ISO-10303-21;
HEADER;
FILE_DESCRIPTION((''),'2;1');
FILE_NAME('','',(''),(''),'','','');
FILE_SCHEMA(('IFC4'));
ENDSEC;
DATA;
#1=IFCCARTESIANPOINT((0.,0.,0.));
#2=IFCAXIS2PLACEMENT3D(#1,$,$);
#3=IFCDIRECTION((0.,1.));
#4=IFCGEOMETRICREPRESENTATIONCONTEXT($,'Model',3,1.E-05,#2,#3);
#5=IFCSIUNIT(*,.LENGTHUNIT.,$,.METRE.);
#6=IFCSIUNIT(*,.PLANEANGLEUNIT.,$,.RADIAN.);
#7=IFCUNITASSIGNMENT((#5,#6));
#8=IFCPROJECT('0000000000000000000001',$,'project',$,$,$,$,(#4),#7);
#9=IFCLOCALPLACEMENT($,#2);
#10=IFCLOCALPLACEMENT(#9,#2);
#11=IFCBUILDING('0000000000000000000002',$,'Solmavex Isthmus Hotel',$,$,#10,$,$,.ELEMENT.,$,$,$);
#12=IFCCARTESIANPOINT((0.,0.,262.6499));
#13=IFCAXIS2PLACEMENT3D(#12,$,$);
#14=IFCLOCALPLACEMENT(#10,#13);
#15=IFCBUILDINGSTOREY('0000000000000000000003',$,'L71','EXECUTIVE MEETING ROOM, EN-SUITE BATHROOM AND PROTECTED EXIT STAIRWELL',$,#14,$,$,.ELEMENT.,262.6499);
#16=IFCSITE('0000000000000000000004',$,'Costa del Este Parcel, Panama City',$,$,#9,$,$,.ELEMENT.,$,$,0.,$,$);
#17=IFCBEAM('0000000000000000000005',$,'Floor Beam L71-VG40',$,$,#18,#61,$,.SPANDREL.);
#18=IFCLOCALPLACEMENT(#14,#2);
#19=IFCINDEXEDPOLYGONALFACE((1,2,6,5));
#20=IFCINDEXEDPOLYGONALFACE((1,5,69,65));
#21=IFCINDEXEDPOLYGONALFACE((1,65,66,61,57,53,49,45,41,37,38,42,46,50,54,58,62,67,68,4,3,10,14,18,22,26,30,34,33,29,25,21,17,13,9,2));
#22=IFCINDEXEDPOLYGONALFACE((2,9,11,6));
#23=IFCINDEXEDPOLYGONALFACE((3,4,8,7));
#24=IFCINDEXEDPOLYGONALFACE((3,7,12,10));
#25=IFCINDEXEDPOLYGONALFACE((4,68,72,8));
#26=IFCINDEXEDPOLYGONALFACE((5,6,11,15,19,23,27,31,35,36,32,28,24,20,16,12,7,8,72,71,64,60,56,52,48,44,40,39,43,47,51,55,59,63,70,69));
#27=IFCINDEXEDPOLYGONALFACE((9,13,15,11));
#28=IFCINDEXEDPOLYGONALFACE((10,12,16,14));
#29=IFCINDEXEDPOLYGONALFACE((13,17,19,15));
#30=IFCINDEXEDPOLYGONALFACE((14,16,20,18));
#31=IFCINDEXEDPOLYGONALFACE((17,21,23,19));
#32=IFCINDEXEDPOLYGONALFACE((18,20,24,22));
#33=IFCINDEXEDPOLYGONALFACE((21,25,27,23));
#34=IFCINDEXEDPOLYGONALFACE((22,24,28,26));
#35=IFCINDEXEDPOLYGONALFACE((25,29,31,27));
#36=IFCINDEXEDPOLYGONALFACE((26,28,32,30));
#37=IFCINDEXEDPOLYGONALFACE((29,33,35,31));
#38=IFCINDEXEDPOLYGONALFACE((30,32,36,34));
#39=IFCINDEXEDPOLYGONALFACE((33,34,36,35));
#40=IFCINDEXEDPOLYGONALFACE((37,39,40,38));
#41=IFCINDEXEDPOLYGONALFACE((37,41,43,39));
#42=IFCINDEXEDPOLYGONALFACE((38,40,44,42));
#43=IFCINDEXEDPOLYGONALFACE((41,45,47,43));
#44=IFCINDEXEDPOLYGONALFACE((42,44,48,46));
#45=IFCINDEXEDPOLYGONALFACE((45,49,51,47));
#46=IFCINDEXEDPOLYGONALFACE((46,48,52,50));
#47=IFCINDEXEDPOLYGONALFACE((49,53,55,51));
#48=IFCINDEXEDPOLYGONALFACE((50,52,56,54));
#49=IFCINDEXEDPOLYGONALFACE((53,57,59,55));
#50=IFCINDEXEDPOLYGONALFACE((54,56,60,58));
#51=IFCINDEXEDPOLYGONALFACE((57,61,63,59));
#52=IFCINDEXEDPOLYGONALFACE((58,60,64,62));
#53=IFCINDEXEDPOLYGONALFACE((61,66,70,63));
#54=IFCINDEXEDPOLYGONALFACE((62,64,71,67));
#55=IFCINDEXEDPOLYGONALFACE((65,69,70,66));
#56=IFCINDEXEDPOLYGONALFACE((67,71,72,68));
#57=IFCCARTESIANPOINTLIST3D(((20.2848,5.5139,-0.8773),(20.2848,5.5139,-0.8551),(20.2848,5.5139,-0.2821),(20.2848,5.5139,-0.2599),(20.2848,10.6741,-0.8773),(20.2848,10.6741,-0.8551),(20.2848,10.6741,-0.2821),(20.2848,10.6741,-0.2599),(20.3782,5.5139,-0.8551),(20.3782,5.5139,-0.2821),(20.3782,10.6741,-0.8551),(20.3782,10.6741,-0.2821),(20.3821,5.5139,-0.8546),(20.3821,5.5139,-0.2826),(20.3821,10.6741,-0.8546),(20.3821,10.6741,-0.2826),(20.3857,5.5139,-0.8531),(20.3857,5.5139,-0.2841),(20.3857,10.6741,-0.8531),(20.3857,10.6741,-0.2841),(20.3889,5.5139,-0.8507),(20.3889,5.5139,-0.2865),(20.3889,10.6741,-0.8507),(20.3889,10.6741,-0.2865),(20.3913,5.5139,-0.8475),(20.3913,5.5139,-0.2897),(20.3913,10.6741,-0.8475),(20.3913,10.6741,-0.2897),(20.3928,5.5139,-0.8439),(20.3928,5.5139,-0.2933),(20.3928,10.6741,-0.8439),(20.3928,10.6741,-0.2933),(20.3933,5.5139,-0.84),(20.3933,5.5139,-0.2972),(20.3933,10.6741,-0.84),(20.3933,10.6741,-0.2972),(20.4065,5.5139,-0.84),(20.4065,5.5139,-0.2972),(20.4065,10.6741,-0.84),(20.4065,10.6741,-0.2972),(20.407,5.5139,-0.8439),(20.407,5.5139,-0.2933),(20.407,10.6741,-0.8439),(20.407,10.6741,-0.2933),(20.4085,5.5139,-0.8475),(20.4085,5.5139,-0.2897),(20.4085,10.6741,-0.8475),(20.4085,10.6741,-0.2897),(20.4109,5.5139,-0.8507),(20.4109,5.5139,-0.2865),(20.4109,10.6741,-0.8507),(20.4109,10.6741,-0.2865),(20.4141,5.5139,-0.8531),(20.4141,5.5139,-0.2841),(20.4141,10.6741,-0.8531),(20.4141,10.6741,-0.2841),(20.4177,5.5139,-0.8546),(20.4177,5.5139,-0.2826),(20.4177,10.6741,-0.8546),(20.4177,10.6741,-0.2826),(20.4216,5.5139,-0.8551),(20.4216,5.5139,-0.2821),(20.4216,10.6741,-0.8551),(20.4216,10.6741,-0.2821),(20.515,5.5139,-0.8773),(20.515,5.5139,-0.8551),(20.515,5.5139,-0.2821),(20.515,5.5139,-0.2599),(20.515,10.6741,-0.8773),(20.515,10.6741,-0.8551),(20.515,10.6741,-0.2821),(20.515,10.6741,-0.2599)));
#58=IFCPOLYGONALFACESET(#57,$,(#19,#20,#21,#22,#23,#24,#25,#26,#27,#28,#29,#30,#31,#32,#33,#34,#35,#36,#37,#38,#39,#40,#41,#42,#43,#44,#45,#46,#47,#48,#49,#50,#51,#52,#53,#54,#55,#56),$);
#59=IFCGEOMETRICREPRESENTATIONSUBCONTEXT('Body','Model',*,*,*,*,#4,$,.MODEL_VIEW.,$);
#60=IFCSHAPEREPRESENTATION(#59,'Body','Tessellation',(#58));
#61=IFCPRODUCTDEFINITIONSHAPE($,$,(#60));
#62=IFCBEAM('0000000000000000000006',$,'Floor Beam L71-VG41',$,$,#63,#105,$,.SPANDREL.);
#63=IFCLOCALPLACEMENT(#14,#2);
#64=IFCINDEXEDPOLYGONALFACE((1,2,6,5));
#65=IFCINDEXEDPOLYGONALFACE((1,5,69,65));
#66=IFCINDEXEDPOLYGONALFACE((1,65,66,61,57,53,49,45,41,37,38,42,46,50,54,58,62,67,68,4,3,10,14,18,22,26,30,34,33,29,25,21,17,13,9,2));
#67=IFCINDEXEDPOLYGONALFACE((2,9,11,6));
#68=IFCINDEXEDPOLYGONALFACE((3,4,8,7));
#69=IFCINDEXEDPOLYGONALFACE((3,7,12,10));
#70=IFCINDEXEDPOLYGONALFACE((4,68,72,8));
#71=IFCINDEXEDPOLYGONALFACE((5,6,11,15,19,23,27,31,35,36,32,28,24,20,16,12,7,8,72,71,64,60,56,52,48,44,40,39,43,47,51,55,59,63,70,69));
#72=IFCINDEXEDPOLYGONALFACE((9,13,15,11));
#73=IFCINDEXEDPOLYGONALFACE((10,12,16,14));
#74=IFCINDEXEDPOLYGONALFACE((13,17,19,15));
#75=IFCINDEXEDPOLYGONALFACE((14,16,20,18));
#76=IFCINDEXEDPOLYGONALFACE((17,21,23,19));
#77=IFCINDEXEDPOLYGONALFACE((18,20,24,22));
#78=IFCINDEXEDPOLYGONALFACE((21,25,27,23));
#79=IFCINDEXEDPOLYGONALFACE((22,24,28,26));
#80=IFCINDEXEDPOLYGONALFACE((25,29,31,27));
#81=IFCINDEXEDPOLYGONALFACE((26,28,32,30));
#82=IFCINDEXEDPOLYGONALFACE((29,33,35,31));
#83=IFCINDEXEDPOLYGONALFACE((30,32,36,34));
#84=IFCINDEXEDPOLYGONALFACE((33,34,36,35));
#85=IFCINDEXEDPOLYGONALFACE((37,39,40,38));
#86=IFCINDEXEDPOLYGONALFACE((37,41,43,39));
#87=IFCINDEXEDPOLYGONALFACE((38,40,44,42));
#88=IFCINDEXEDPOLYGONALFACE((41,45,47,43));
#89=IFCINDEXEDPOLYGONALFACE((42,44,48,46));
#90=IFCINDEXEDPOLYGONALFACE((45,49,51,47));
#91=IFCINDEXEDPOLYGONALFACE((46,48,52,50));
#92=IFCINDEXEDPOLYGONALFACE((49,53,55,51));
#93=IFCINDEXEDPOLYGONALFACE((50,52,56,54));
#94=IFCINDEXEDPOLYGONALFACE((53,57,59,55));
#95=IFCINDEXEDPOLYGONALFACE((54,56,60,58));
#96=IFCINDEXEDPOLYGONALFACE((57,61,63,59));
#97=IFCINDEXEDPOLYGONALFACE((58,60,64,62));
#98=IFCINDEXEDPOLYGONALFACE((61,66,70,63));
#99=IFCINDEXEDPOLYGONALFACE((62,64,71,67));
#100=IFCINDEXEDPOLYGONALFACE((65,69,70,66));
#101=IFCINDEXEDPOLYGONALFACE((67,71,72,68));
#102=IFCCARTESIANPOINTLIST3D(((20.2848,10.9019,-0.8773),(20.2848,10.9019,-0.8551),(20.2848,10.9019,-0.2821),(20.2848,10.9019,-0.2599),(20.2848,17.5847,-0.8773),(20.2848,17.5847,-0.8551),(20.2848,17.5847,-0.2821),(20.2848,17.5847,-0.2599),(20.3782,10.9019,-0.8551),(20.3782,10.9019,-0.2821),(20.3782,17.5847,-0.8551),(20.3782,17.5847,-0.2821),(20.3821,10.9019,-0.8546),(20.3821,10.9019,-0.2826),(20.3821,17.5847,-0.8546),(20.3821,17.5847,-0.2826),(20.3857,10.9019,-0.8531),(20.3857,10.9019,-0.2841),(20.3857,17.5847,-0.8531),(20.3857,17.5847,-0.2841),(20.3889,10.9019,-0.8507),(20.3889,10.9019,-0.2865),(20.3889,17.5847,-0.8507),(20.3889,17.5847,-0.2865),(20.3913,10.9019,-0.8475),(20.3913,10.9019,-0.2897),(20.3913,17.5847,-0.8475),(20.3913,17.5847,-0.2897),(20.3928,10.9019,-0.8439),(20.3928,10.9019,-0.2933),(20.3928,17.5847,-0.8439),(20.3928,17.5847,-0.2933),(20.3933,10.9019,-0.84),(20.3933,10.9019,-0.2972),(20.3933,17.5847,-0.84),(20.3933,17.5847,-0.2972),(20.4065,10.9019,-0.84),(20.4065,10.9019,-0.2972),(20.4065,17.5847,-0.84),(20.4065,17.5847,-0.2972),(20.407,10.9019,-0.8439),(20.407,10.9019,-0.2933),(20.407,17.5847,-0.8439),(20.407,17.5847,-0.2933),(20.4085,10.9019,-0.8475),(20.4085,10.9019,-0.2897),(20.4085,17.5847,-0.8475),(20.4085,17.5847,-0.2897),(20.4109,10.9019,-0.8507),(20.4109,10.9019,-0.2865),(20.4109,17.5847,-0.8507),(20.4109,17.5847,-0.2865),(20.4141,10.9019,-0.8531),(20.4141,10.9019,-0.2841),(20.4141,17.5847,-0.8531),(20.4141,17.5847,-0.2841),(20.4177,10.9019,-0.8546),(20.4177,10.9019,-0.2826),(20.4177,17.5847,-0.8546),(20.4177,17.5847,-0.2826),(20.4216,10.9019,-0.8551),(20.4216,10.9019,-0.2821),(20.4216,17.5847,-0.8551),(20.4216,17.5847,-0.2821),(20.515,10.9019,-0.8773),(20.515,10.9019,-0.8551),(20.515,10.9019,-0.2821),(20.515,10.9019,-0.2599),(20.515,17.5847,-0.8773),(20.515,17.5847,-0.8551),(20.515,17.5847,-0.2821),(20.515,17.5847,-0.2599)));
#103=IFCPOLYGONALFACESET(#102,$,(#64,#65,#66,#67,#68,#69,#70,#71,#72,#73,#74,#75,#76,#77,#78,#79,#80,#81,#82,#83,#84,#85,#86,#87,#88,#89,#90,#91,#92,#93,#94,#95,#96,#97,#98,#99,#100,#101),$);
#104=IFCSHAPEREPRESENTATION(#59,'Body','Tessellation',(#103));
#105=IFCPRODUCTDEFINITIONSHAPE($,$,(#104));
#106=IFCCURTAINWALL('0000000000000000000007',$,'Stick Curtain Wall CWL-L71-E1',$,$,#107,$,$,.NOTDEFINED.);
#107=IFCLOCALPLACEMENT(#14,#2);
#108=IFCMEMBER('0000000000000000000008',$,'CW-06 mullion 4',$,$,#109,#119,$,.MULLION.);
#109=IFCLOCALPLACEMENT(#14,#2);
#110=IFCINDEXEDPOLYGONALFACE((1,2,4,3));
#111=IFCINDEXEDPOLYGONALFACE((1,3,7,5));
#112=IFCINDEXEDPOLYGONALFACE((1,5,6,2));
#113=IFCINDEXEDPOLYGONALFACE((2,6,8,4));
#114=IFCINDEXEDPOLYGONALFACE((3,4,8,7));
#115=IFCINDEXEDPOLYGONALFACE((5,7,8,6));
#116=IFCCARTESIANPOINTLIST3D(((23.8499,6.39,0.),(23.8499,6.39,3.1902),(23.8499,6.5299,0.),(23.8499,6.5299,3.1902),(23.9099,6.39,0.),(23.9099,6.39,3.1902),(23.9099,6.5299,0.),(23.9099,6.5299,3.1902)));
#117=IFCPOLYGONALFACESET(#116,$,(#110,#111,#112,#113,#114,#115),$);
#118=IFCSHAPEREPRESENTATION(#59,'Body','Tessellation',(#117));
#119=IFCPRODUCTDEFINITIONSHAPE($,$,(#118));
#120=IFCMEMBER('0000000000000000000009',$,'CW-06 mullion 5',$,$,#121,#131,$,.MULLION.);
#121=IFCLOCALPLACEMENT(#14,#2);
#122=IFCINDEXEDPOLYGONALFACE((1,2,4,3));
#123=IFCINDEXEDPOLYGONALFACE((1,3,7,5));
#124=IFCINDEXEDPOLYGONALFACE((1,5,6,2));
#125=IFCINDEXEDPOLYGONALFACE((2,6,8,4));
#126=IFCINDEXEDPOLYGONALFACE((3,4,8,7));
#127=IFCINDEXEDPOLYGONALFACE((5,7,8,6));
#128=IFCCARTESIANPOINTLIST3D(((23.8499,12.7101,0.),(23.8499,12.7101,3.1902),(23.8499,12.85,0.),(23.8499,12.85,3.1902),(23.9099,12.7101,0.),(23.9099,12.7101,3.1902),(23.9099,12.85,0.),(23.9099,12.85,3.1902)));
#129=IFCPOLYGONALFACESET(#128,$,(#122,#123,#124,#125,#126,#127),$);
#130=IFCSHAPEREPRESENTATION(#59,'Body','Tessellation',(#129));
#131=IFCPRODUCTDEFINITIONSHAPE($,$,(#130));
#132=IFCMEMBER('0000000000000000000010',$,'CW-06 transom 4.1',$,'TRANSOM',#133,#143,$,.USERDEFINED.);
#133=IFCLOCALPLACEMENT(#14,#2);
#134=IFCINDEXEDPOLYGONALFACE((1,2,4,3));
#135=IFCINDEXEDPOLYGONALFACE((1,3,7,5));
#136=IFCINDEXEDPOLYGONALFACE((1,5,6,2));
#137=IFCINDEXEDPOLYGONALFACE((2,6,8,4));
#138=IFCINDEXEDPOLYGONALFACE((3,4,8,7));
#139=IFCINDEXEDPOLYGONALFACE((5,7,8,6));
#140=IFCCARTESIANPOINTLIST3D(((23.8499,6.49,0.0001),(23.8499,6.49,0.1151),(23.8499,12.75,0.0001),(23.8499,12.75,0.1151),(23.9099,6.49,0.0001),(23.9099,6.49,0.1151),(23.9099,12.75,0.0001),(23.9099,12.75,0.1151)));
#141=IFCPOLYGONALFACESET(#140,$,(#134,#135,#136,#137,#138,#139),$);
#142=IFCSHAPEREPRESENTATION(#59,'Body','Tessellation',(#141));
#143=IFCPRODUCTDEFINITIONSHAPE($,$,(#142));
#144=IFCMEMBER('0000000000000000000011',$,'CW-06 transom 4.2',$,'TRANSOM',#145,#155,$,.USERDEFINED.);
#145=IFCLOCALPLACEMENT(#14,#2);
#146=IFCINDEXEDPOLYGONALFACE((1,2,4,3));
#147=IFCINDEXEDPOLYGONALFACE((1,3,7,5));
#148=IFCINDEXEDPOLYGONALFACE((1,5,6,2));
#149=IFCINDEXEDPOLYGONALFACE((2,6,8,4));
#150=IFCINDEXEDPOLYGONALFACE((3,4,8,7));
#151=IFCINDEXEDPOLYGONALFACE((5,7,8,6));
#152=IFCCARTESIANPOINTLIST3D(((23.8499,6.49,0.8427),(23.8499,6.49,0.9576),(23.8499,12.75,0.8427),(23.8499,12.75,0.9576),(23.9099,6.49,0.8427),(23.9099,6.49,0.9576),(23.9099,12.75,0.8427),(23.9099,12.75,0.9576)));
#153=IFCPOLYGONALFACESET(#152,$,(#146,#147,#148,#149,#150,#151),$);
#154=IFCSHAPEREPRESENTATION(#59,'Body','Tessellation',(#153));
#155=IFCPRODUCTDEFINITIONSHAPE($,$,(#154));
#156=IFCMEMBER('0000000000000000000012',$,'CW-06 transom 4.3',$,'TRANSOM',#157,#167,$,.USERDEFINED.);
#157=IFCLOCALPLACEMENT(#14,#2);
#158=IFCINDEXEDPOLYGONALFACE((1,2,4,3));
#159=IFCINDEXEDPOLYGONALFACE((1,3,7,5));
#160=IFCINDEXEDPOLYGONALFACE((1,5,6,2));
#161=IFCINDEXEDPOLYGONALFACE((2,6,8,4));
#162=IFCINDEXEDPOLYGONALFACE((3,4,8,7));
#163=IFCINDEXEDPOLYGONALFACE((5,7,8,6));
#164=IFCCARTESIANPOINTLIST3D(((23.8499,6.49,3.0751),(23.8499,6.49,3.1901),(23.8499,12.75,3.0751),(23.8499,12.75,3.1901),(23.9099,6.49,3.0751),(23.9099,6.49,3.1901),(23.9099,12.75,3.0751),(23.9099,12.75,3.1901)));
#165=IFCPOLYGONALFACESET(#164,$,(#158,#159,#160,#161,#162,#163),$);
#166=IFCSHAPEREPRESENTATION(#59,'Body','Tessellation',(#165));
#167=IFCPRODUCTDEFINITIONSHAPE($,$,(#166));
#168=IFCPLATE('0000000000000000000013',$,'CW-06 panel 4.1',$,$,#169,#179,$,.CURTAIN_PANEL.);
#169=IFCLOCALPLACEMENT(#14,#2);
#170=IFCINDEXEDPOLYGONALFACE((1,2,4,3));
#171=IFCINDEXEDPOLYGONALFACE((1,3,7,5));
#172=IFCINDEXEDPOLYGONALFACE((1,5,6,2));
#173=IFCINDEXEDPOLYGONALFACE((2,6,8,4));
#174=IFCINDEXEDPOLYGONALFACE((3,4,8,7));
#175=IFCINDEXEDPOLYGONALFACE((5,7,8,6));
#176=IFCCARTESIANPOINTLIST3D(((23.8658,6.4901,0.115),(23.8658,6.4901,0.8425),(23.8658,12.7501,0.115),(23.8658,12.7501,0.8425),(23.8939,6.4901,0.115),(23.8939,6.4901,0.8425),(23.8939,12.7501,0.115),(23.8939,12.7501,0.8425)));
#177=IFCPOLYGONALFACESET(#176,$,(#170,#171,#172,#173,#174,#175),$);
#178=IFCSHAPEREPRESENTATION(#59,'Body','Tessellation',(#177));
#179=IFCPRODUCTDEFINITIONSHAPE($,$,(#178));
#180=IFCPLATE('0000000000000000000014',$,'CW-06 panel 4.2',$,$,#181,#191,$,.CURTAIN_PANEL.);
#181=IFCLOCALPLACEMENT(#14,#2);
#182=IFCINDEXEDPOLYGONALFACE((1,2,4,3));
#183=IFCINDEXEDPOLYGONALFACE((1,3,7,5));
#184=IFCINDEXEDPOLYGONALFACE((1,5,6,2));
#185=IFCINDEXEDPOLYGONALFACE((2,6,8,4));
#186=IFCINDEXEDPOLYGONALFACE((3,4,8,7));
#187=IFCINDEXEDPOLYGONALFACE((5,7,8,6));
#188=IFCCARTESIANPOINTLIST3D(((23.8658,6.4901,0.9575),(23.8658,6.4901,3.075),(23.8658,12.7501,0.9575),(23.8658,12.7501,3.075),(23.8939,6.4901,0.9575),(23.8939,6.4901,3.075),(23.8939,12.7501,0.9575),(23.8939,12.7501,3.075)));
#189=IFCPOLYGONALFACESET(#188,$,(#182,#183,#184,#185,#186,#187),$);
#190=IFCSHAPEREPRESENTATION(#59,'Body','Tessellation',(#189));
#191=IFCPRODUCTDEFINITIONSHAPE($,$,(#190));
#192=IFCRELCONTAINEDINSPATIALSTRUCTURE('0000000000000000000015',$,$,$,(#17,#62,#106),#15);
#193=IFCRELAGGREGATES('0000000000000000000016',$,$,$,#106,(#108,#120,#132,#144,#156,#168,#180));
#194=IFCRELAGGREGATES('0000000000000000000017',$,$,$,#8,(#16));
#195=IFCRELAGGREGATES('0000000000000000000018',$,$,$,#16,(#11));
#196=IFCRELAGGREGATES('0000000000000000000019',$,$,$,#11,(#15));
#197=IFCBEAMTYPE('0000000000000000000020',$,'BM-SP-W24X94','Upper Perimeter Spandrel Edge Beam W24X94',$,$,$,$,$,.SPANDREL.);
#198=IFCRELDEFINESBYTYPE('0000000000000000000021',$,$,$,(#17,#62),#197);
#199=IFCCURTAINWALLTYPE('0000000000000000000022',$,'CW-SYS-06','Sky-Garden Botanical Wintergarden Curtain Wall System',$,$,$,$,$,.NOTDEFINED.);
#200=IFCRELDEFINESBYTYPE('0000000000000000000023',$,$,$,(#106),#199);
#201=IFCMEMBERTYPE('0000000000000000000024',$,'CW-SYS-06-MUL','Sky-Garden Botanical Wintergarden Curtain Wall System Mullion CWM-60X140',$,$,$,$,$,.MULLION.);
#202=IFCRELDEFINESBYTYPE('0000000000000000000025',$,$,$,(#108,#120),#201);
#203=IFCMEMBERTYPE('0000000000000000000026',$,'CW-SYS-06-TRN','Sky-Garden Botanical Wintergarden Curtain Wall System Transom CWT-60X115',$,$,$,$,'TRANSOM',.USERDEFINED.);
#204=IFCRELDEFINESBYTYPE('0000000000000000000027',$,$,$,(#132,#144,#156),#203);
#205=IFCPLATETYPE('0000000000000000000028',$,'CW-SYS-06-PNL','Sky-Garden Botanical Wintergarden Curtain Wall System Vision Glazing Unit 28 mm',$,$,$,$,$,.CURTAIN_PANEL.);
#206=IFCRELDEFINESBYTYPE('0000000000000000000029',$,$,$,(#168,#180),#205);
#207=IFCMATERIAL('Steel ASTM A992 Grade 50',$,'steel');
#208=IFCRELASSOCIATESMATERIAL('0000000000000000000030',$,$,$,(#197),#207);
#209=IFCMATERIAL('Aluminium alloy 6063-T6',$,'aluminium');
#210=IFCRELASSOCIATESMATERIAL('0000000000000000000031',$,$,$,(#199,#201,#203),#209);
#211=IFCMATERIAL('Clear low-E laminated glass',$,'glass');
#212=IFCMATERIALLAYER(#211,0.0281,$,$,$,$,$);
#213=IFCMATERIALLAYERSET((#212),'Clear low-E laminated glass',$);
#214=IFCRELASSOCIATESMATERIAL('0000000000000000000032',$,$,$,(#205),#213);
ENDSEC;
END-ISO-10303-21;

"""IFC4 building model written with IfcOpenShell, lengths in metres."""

from ifc_helpers import new_model, si_unit, direction, frame, origin, origin_2d, place, context, subcontext, project, spatial, rectangle, i_section, extrude, material, layer, layer_set, material_profile, profile_set, type_object, element, aggregate, save


model = new_model("IFC4")

# Units and contexts
model_context = context("Model", 3, precision=1e-05, world=origin(), true_north=direction((0.0, 1.0)))
body_context = subcontext(model_context, "Body", "Model", "MODEL_VIEW")
ifc_project = project(units=[si_unit("LENGTHUNIT", "METRE"), si_unit("PLANEANGLEUNIT", "RADIAN")], contexts=[model_context])

# Site, building, storey
site_placement = place(None, origin())
site = spatial("IfcSite", under=ifc_project, at=site_placement, Name="Costa del Este Parcel, Panama City", CompositionType="ELEMENT", RefElevation=0.0)
building_placement = place(site_placement, origin())
building = spatial("IfcBuilding", under=site, at=building_placement, Name="Solmavex Isthmus Hotel", CompositionType="ELEMENT")
storey_placement = place(building_placement, frame((0.0, 0.0, 262.6499)))
storey = spatial("IfcBuildingStorey", under=building, at=storey_placement, Name="L71", Description="EXECUTIVE MEETING ROOM, EN-SUITE BATHROOM AND PROTECTED EXIT STAIRWELL", CompositionType="ELEMENT", Elevation=262.6499)

# Beams
ifc_material_1 = material(Name="Steel ASTM A992 Grade 50", Category="steel")
ifc_material_profile_1 = material_profile(ifc_material_1, i_section(OverallWidth=0.2302, OverallDepth=0.6174, WebThickness=0.0132, FlangeThickness=0.0222, FilletRadius=0.0151, at=origin_2d()), Name="W24X94")
ifc_profile_set_1 = profile_set([ifc_material_profile_1], Name="Steel ASTM A992 Grade 50")
beam_type_1 = type_object("IfcBeamType", Name="BM-SP-W24X94", Description="Upper Perimeter Spandrel Edge Beam W24X94", PredefinedType="SPANDREL", material=ifc_profile_set_1)
beam_1_placement = place(storey_placement, frame((20.3999, 5.5139, -0.5686), z_axis=(0.0, 1.0, 0.0), x_axis=(-1.0, 0.0, 0.0)))
element("IfcBeam", 1, at=beam_1_placement, inside=storey, type_object=beam_type_1, Name="Floor Beam L71-VG40", PredefinedType="SPANDREL", context=body_context, shape_type="SweptSolid", body=[
    extrude(i_section(OverallWidth=0.2302, OverallDepth=0.6174, WebThickness=0.0132, FlangeThickness=0.0222, FilletRadius=0.0151, at=origin_2d()), origin(), (0.0, 0.0, 1.0), 5.1602),
])
beam_2_placement = place(storey_placement, frame((20.3999, 10.9019, -0.5686), z_axis=(0.0, 1.0, 0.0), x_axis=(-1.0, 0.0, 0.0)))
element("IfcBeam", 2, at=beam_2_placement, inside=storey, type_object=beam_type_1, Name="Floor Beam L71-VG41", PredefinedType="SPANDREL", context=body_context, shape_type="SweptSolid", body=[
    extrude(i_section(OverallWidth=0.2302, OverallDepth=0.6174, WebThickness=0.0132, FlangeThickness=0.0222, FilletRadius=0.0151, at=origin_2d()), origin(), (0.0, 0.0, 1.0), 6.6829),
])

# Curtain wall, members, plates
ifc_material_2 = material(Name="Aluminium alloy 6063-T6", Category="aluminium")
curtain_wall_type = type_object("IfcCurtainWallType", Name="CW-SYS-06", Description="Sky-Garden Botanical Wintergarden Curtain Wall System", PredefinedType="NOTDEFINED", material=ifc_material_2)
curtain_wall_placement = place(storey_placement, origin())
curtain_wall = element("IfcCurtainWall", 3, at=curtain_wall_placement, inside=storey, type_object=curtain_wall_type, Name="Stick Curtain Wall CWL-L71-E1", PredefinedType="NOTDEFINED")
ifc_material_profile_2 = material_profile(ifc_material_2, rectangle(XDim=0.0601, YDim=0.1399, at=origin_2d()), Name="CWM-60X140")
ifc_profile_set_2 = profile_set([ifc_material_profile_2], Name="Aluminium alloy 6063-T6")
member_type_1 = type_object("IfcMemberType", Name="CW-SYS-06-MUL", Description="Sky-Garden Botanical Wintergarden Curtain Wall System Mullion CWM-60X140", PredefinedType="MULLION", material=ifc_profile_set_2)
member_1_placement = place(storey_placement, frame((23.8799, 6.46, 0.0), z_axis=(0.0, 0.0, 1.0), x_axis=(-1.0, 0.0, 0.0)))
member_1 = element("IfcMember", 4, at=member_1_placement, type_object=member_type_1, Name="CW-06 mullion 4", PredefinedType="MULLION", context=body_context, shape_type="SweptSolid", body=[
    extrude(rectangle(XDim=0.0601, YDim=0.1399, at=origin_2d()), origin(), (0.0, 0.0, 1.0), 3.1902),
])
member_2_placement = place(storey_placement, frame((23.8799, 12.78, 0.0), z_axis=(0.0, 0.0, 1.0), x_axis=(-1.0, 0.0, 0.0)))
member_2 = element("IfcMember", 5, at=member_2_placement, type_object=member_type_1, Name="CW-06 mullion 5", PredefinedType="MULLION", context=body_context, shape_type="SweptSolid", body=[
    extrude(rectangle(XDim=0.0601, YDim=0.1399, at=origin_2d()), origin(), (0.0, 0.0, 1.0), 3.1902),
])
ifc_material_profile_3 = material_profile(ifc_material_2, rectangle(XDim=0.0601, YDim=0.115, at=origin_2d()), Name="CWT-60X115")
ifc_profile_set_3 = profile_set([ifc_material_profile_3], Name="Aluminium alloy 6063-T6")
member_type_2 = type_object("IfcMemberType", Name="CW-SYS-06-TRN", Description="Sky-Garden Botanical Wintergarden Curtain Wall System Transom CWT-60X115", ElementType="TRANSOM", PredefinedType="USERDEFINED", material=ifc_profile_set_3)
member_3_placement = place(storey_placement, frame((23.8799, 6.49, 0.0576), z_axis=(0.0, 1.0, 0.0), x_axis=(-1.0, 0.0, 0.0)))
member_3 = element("IfcMember", 6, at=member_3_placement, type_object=member_type_2, Name="CW-06 transom 4.1", ObjectType="TRANSOM", PredefinedType="USERDEFINED", context=body_context, shape_type="SweptSolid", body=[
    extrude(rectangle(XDim=0.0601, YDim=0.115, at=origin_2d()), origin(), (0.0, 0.0, 1.0), 6.26),
])
member_4_placement = place(storey_placement, frame((23.8799, 6.49, 0.9001), z_axis=(0.0, 1.0, 0.0), x_axis=(-1.0, 0.0, 0.0)))
member_4 = element("IfcMember", 7, at=member_4_placement, type_object=member_type_2, Name="CW-06 transom 4.2", ObjectType="TRANSOM", PredefinedType="USERDEFINED", context=body_context, shape_type="SweptSolid", body=[
    extrude(rectangle(XDim=0.0601, YDim=0.115, at=origin_2d()), origin(), (0.0, 0.0, 1.0), 6.26),
])
member_5_placement = place(storey_placement, frame((23.8799, 6.49, 3.1326), z_axis=(0.0, 1.0, 0.0), x_axis=(-1.0, 0.0, 0.0)))
member_5 = element("IfcMember", 8, at=member_5_placement, type_object=member_type_2, Name="CW-06 transom 4.3", ObjectType="TRANSOM", PredefinedType="USERDEFINED", context=body_context, shape_type="SweptSolid", body=[
    extrude(rectangle(XDim=0.0601, YDim=0.115, at=origin_2d()), origin(), (0.0, 0.0, 1.0), 6.26),
])
ifc_material_3 = material(Name="Clear low-E laminated glass", Category="glass")
ifc_layer_1 = layer(ifc_material_3, 0.0281)
ifc_layer_set_1 = layer_set([ifc_layer_1], Name="Clear low-E laminated glass")
plate_type = type_object("IfcPlateType", Name="CW-SYS-06-PNL", Description="Sky-Garden Botanical Wintergarden Curtain Wall System Vision Glazing Unit 28 mm", PredefinedType="CURTAIN_PANEL", material=ifc_layer_set_1)
plate_1_placement = place(storey_placement, frame((23.8799, 9.6201, 0.115), z_axis=(0.0, 0.0, 1.0), x_axis=(0.0, 1.0, 0.0)))
plate_1 = element("IfcPlate", 9, at=plate_1_placement, type_object=plate_type, Name="CW-06 panel 4.1", PredefinedType="CURTAIN_PANEL", context=body_context, shape_type="SweptSolid", body=[
    extrude(rectangle(XDim=6.26, YDim=0.0281, at=origin_2d()), origin(), (0.0, 0.0, 1.0), 0.7275),
])
plate_2_placement = place(storey_placement, frame((23.8799, 9.6201, 0.9575), z_axis=(0.0, 0.0, 1.0), x_axis=(0.0, 1.0, 0.0)))
plate_2 = element("IfcPlate", 10, at=plate_2_placement, type_object=plate_type, Name="CW-06 panel 4.2", PredefinedType="CURTAIN_PANEL", context=body_context, shape_type="SweptSolid", body=[
    extrude(rectangle(XDim=6.26, YDim=0.0281, at=origin_2d()), origin(), (0.0, 0.0, 1.0), 2.1174),
])
aggregate(curtain_wall, [member_1, member_2, member_3, member_4, member_5, plate_1, plate_2])

save(model, "model.ifc")
